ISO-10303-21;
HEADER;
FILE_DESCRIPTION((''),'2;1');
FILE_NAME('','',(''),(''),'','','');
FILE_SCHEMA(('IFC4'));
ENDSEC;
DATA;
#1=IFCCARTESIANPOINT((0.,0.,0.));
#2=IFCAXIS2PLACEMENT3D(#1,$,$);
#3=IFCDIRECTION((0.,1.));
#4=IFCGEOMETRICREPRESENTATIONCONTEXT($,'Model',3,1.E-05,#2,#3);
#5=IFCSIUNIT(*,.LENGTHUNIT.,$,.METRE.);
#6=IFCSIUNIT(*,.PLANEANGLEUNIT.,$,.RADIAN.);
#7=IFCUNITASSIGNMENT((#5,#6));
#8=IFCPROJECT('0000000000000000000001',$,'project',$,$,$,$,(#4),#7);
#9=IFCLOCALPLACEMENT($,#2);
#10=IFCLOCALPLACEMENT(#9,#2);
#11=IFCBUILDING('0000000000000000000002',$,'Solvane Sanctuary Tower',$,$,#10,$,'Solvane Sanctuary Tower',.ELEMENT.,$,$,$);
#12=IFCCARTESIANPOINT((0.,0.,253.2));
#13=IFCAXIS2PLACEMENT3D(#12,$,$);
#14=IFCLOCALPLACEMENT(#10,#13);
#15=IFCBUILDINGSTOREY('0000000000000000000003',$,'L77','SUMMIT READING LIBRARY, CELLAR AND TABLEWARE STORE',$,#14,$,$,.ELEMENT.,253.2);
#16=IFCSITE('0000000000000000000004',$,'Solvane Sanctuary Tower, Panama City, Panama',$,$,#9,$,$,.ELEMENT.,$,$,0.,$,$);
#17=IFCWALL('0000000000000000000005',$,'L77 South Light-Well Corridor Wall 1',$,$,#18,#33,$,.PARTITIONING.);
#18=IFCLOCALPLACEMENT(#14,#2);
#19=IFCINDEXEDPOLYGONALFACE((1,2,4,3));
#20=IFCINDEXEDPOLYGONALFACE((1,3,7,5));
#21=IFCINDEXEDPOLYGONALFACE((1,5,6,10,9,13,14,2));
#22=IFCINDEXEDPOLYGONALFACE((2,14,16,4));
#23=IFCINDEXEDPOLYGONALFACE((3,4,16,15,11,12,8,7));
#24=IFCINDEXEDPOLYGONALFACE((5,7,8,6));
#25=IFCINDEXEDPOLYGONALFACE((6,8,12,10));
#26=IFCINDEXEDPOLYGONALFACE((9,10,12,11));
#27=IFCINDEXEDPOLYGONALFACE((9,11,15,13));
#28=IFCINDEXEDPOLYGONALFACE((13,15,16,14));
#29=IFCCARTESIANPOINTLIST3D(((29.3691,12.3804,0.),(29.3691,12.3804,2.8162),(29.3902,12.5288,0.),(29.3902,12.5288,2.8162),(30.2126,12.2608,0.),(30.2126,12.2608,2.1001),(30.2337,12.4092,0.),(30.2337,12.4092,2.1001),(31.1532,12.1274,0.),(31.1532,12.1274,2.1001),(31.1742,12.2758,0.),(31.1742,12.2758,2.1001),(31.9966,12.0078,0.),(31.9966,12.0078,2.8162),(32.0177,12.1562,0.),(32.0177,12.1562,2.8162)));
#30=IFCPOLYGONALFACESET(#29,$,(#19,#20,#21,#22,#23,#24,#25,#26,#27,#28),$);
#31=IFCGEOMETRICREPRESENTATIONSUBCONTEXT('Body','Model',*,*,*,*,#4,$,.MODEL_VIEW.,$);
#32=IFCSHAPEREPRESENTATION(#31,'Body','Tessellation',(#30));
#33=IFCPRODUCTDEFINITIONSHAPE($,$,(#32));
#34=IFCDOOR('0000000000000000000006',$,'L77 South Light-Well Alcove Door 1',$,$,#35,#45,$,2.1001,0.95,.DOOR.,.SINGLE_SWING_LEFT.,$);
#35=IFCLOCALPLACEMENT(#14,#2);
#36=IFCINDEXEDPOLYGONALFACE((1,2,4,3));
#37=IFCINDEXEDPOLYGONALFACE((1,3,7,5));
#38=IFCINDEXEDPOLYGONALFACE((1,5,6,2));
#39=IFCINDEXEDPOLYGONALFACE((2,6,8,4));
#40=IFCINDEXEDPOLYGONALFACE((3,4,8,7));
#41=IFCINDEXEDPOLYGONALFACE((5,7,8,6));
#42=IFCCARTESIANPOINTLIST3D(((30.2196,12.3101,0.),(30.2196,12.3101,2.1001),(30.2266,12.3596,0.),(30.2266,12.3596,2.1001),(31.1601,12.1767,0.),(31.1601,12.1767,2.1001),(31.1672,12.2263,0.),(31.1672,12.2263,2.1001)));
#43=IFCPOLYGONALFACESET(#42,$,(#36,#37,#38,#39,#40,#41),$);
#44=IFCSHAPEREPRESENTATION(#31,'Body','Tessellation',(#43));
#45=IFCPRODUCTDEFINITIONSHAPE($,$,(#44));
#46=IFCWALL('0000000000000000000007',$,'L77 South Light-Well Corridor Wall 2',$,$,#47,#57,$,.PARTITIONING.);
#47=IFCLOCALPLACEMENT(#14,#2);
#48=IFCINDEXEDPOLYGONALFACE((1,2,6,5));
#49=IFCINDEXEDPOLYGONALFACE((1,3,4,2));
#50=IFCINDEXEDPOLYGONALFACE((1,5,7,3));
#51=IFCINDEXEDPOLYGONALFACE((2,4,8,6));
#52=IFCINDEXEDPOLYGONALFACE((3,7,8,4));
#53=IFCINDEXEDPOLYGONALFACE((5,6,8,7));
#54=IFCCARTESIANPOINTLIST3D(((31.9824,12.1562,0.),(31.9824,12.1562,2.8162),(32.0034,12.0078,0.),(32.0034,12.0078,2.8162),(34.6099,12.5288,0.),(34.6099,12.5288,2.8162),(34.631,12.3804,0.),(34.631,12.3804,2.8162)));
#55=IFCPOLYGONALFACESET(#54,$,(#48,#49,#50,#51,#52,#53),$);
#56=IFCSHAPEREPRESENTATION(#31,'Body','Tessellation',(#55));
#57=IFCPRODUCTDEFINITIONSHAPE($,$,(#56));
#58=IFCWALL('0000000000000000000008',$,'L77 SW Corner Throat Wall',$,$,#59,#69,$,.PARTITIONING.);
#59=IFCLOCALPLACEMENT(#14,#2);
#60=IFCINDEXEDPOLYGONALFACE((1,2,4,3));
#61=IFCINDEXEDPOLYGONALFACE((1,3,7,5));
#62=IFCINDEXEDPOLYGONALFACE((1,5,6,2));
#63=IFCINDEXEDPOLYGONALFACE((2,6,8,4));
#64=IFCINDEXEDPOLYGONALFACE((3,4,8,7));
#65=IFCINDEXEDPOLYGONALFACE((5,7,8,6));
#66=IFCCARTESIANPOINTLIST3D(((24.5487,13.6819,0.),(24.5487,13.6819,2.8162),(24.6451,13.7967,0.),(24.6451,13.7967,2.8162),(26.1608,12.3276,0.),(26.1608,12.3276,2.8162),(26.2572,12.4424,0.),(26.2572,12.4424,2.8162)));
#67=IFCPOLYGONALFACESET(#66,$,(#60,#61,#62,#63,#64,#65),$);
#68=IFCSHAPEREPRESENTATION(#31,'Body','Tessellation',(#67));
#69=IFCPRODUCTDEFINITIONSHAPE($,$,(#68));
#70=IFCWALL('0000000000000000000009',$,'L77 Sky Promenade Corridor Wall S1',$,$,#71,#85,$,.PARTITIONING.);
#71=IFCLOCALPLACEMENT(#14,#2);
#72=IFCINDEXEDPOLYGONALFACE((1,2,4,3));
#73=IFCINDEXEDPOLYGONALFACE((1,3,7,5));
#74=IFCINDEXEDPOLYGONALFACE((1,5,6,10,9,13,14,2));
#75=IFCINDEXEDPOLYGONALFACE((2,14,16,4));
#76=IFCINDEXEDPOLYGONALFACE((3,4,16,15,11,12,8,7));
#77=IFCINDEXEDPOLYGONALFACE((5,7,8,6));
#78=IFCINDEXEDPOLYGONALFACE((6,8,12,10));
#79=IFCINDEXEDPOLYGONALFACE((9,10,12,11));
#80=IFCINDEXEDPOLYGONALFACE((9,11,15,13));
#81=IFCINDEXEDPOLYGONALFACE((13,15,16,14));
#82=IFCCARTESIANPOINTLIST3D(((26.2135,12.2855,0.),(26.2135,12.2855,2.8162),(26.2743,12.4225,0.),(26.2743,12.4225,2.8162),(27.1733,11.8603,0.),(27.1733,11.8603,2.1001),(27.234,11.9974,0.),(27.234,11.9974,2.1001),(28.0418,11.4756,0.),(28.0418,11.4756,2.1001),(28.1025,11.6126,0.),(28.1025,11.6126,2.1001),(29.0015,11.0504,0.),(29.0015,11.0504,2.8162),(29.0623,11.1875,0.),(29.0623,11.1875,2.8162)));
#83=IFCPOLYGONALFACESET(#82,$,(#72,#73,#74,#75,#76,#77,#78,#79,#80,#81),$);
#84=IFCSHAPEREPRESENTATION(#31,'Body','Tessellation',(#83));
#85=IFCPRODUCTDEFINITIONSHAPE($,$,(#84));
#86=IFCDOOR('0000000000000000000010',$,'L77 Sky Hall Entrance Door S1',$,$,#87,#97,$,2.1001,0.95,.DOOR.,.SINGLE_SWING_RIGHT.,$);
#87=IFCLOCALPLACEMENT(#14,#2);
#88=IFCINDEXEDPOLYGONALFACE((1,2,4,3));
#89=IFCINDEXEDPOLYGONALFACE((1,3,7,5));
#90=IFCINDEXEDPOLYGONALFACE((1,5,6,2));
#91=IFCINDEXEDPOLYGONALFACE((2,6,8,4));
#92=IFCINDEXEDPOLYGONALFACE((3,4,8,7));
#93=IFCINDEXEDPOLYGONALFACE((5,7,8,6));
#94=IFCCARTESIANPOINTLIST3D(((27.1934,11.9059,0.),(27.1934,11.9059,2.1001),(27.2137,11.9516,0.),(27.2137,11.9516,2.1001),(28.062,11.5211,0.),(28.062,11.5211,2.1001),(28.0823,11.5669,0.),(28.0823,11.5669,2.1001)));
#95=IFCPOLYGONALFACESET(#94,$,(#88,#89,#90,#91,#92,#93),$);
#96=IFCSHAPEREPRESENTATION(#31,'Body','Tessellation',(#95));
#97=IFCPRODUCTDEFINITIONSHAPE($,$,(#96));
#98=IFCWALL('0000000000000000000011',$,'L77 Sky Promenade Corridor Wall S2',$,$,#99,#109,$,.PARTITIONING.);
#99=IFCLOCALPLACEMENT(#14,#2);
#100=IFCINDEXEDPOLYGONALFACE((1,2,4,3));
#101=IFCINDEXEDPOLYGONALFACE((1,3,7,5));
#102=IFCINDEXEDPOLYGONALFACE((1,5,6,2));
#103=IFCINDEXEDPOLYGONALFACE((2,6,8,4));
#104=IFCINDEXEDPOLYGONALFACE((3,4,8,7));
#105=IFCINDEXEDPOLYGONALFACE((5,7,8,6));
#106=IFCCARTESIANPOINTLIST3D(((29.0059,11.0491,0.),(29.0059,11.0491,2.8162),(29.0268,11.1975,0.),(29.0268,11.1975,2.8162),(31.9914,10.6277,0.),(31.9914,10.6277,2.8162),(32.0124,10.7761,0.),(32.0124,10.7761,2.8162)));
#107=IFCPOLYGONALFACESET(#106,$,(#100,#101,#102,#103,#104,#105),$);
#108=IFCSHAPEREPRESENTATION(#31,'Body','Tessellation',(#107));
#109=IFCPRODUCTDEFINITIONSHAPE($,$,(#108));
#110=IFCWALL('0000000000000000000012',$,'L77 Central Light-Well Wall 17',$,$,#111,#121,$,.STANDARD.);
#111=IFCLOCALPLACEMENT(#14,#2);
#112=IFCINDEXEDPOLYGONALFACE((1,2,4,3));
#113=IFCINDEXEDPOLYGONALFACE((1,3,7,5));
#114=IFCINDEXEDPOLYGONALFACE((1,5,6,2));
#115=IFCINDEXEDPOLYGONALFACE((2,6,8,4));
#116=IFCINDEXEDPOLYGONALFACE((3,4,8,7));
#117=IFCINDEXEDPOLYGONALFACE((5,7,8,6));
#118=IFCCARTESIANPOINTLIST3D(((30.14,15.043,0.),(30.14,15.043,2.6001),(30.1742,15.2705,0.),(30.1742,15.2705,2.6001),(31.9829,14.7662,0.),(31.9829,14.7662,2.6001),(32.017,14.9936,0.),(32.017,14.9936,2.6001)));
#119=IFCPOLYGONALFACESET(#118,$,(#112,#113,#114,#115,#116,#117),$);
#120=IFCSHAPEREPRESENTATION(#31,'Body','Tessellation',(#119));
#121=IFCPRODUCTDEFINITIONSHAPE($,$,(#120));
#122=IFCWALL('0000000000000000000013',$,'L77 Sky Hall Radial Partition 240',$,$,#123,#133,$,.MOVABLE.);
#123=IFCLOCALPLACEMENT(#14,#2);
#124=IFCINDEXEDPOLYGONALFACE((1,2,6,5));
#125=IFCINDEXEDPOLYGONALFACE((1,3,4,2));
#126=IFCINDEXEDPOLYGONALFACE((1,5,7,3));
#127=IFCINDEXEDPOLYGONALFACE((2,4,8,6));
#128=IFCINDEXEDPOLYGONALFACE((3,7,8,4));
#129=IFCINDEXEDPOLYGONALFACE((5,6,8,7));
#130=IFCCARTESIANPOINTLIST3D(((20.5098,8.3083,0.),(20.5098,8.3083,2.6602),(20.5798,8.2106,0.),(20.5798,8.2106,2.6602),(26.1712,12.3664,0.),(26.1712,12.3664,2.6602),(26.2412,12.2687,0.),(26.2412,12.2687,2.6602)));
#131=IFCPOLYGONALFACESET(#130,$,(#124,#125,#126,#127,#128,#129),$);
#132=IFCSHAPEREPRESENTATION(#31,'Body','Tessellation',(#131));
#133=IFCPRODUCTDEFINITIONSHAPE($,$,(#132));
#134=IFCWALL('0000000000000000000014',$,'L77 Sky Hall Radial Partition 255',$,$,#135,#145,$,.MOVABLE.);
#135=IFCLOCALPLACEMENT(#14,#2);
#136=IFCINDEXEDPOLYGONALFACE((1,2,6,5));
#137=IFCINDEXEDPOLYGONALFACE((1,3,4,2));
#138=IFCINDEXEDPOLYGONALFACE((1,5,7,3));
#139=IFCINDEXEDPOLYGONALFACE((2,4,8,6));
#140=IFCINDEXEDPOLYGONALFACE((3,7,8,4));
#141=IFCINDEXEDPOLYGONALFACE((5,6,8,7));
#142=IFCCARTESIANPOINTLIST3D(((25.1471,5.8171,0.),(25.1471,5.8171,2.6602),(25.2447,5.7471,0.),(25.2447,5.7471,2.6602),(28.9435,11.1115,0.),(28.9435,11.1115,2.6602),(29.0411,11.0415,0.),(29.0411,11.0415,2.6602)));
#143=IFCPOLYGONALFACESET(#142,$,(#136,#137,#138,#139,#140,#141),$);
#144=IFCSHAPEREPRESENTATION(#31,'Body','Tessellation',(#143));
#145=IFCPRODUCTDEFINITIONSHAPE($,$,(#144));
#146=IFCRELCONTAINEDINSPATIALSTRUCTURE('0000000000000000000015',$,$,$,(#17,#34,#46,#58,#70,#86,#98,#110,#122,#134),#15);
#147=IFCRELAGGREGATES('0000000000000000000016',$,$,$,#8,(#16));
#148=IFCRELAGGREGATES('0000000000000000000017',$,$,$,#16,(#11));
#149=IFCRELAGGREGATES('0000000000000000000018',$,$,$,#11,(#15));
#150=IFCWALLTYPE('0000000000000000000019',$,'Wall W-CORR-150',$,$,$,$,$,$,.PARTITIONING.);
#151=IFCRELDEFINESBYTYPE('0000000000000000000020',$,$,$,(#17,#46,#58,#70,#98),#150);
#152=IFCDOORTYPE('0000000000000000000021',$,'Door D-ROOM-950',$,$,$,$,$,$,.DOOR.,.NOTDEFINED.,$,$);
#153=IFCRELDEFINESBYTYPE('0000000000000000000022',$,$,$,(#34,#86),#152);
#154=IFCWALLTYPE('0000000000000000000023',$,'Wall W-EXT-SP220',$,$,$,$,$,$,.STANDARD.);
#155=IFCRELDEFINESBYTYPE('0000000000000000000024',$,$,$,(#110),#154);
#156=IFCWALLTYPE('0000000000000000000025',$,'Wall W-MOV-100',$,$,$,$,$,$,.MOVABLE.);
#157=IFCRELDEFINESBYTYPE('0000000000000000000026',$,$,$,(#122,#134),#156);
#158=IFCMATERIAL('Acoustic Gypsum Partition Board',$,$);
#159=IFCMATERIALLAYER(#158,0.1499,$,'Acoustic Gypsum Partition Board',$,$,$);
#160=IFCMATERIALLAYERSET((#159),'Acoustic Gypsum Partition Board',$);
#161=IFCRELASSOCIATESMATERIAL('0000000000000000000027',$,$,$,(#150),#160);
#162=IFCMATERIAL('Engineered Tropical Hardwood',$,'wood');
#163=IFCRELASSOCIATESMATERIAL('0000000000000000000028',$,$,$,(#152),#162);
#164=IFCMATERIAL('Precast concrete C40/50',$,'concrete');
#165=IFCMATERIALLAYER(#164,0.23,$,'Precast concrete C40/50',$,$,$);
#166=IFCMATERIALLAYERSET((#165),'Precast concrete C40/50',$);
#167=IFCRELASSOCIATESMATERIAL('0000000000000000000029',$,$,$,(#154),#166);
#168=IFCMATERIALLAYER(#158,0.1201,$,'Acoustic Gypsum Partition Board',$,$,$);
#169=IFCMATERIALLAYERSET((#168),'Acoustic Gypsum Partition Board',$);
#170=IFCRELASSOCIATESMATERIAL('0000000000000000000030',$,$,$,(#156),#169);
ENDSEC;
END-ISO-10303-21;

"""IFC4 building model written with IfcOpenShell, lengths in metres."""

from ifc_helpers import new_model, si_unit, direction, frame, frame_2d, origin, place, context, subcontext, project, spatial, rectangle, extrude, material, layer, layer_set, type_object, element, fill, save


model = new_model("IFC4")

# Units and contexts
model_context = context("Model", 3, precision=1e-05, world=origin(), true_north=direction((0.0, 1.0)))
body_context = subcontext(model_context, "Body", "Model", "MODEL_VIEW")
ifc_project = project(units=[si_unit("LENGTHUNIT", "METRE"), si_unit("PLANEANGLEUNIT", "RADIAN")], contexts=[model_context])

# Site, building, storey
site_placement = place(None, origin())
site = spatial("IfcSite", under=ifc_project, at=site_placement, Name="Solvane Sanctuary Tower, Panama City, Panama", CompositionType="ELEMENT", RefElevation=0.0)
building_placement = place(site_placement, origin())
building = spatial("IfcBuilding", under=site, at=building_placement, Name="Solvane Sanctuary Tower", LongName="Solvane Sanctuary Tower", CompositionType="ELEMENT")
storey_placement = place(building_placement, frame((0.0, 0.0, 253.2)))
storey = spatial("IfcBuildingStorey", under=building, at=storey_placement, Name="L77", Description="SUMMIT READING LIBRARY, CELLAR AND TABLEWARE STORE", CompositionType="ELEMENT", Elevation=253.2)

# Shared definitions
ifc_material_1 = material(Name="Acoustic Gypsum Partition Board")
ifc_layer_1 = layer(ifc_material_1, 0.1499, Name="Acoustic Gypsum Partition Board")
ifc_layer_set_1 = layer_set([ifc_layer_1], Name="Acoustic Gypsum Partition Board")
wall_type_1 = type_object("IfcWallType", Name="Wall W-CORR-150", PredefinedType="PARTITIONING", material=ifc_layer_set_1)

# Wall, opening, door
wall_1_placement = place(storey_placement, frame((29.3796, 12.4546, 0.0), z_axis=(0.0, 0.0, 1.0), x_axis=(0.990096, -0.140391, 0.0)))
wall_1 = element("IfcWall", 1, at=wall_1_placement, inside=storey, type_object=wall_type_1, Name="L77 South Light-Well Corridor Wall 1", PredefinedType="PARTITIONING", context=body_context, shape_type="SweptSolid", body=[
    extrude(rectangle(XDim=2.6538, YDim=0.1499, at=frame_2d((1.3269, 0.0))), origin(), (0.0, 0.0, 1.0), 2.8162),
])
opening_1_placement = place(wall_1_placement, frame((0.8518, 0.0, 0.0)))
opening_1 = element("IfcOpeningElement", 2, at=opening_1_placement, cuts=wall_1, PredefinedType="OPENING", context=body_context, shape_type="SweptSolid", body=[
    extrude(rectangle(XDim=0.95, YDim=2.1001, at=frame_2d((0.4751, 1.05))), frame((0.0, 0.085, 0.0), z_axis=(0.0, -1.0, 0.0), x_axis=(1.0, 0.0, 0.0)), (0.0, 0.0, 1.0), 0.1699),
])
ifc_material_2 = material(Name="Engineered Tropical Hardwood", Category="wood")
door_type = type_object("IfcDoorType", Name="Door D-ROOM-950", OperationType="NOTDEFINED", PredefinedType="DOOR", material=ifc_material_2)
door_1_placement = place(opening_1_placement, origin())
door_1 = element("IfcDoor", 3, at=door_1_placement, inside=storey, type_object=door_type, Name="L77 South Light-Well Alcove Door 1", OperationType="SINGLE_SWING_LEFT", OverallHeight=2.1001, OverallWidth=0.95, PredefinedType="DOOR", context=body_context, shape_type="SweptSolid", body=[
    extrude(rectangle(XDim=0.95, YDim=2.1001, at=frame_2d((0.4751, 1.05))), frame((0.0, 0.0249, 0.0), z_axis=(0.0, -1.0, 0.0), x_axis=(1.0, 0.0, 0.0)), (0.0, 0.0, 1.0), 0.05),
])
fill(opening_1, door_1)

# Walls
wall_2_placement = place(storey_placement, frame((31.9929, 12.082, 0.0), z_axis=(0.0, 0.0, 1.0), x_axis=(0.990096, 0.140391, 0.0)))
element("IfcWall", 4, at=wall_2_placement, inside=storey, type_object=wall_type_1, Name="L77 South Light-Well Corridor Wall 2", PredefinedType="PARTITIONING", context=body_context, shape_type="SweptSolid", body=[
    extrude(rectangle(XDim=2.6538, YDim=0.1499, at=frame_2d((1.3269, 0.0))), origin(), (0.0, 0.0, 1.0), 2.8162),
])
wall_3_placement = place(storey_placement, frame((26.209, 12.385, 0.0), z_axis=(0.0, 0.0, 1.0), x_axis=(-0.765677, 0.643225, 0.0)))
element("IfcWall", 5, at=wall_3_placement, inside=storey, type_object=wall_type_1, Name="L77 SW Corner Throat Wall", PredefinedType="PARTITIONING", context=body_context, shape_type="SweptSolid", body=[
    extrude(rectangle(XDim=2.1055, YDim=0.1499, at=frame_2d((1.0527, 0.0))), origin(), (0.0, 0.0, 1.0), 2.8162),
])

# Wall, opening, door
wall_4_placement = place(storey_placement, frame((26.2439, 12.354, 0.0), z_axis=(0.0, 0.0, 1.0), x_axis=(0.914303, -0.405031, 0.0)))
wall_4 = element("IfcWall", 6, at=wall_4_placement, inside=storey, type_object=wall_type_1, Name="L77 Sky Promenade Corridor Wall S1", PredefinedType="PARTITIONING", context=body_context, shape_type="SweptSolid", body=[
    extrude(rectangle(XDim=3.0493, YDim=0.1499, at=frame_2d((1.5247, 0.0))), origin(), (0.0, 0.0, 1.0), 2.8162),
])
opening_2_placement = place(wall_4_placement, frame((1.0496, 0.0, 0.0)))
opening_2 = element("IfcOpeningElement", 7, at=opening_2_placement, cuts=wall_4, PredefinedType="OPENING", context=body_context, shape_type="SweptSolid", body=[
    extrude(rectangle(XDim=0.95, YDim=2.1001, at=frame_2d((0.4751, 1.05))), frame((0.0, 0.085, 0.0), z_axis=(0.0, -1.0, 0.0), x_axis=(1.0, 0.0, 0.0)), (0.0, 0.0, 1.0), 0.1699),
])
door_2_placement = place(opening_2_placement, origin())
door_2 = element("IfcDoor", 8, at=door_2_placement, inside=storey, type_object=door_type, Name="L77 Sky Hall Entrance Door S1", OperationType="SINGLE_SWING_RIGHT", OverallHeight=2.1001, OverallWidth=0.95, PredefinedType="DOOR", context=body_context, shape_type="SweptSolid", body=[
    extrude(rectangle(XDim=0.95, YDim=2.1001, at=frame_2d((0.4751, 1.05))), frame((0.0, 0.0249, 0.0), z_axis=(0.0, -1.0, 0.0), x_axis=(1.0, 0.0, 0.0)), (0.0, 0.0, 1.0), 0.05),
])
fill(opening_2, door_2)

# Walls
wall_5_placement = place(storey_placement, frame((29.0164, 11.1233, 0.0), z_axis=(0.0, 0.0, 1.0), x_axis=(0.990186, -0.139755, 0.0)))
element("IfcWall", 9, at=wall_5_placement, inside=storey, type_object=wall_type_1, Name="L77 Sky Promenade Corridor Wall S2", PredefinedType="PARTITIONING", context=body_context, shape_type="SweptSolid", body=[
    extrude(rectangle(XDim=3.0151, YDim=0.1499, at=frame_2d((1.5076, 0.0))), origin(), (0.0, 0.0, 1.0), 2.8162),
])
ifc_material_3 = material(Name="Precast concrete C40/50", Category="concrete")
ifc_layer_2 = layer(ifc_material_3, 0.23, Name="Precast concrete C40/50")
ifc_layer_set_2 = layer_set([ifc_layer_2], Name="Precast concrete C40/50")
wall_type_2 = type_object("IfcWallType", Name="Wall W-EXT-SP220", PredefinedType="STANDARD", material=ifc_layer_set_2)
wall_6_placement = place(storey_placement, frame((30.1572, 15.1567, 0.0), z_axis=(0.0, 0.0, 1.0), x_axis=(0.988902, -0.148571, 0.0)))
element("IfcWall", 10, at=wall_6_placement, inside=storey, type_object=wall_type_2, Name="L77 Central Light-Well Wall 17", PredefinedType="STANDARD", context=body_context, shape_type="SweptSolid", body=[
    extrude(rectangle(XDim=1.8635, YDim=0.23, at=frame_2d((0.9316, 0.0))), origin(), (0.0, 0.0, 1.0), 2.6001),
])
ifc_layer_3 = layer(ifc_material_1, 0.1201, Name="Acoustic Gypsum Partition Board")
ifc_layer_set_3 = layer_set([ifc_layer_3], Name="Acoustic Gypsum Partition Board")
wall_type_3 = type_object("IfcWallType", Name="Wall W-MOV-100", PredefinedType="MOVABLE", material=ifc_layer_set_3)
wall_7_placement = place(storey_placement, frame((26.2063, 12.3176, 0.0), z_axis=(0.0, 0.0, 1.0), x_axis=(-0.812764, -0.582593, 0.0)))
element("IfcWall", 11, at=wall_7_placement, inside=storey, type_object=wall_type_3, Name="L77 Sky Hall Radial Partition 240", PredefinedType="MOVABLE", context=body_context, shape_type="SweptSolid", body=[
    extrude(rectangle(XDim=6.9656, YDim=0.1201, at=frame_2d((3.4829, 0.0))), origin(), (0.0, 0.0, 1.0), 2.6602),
])
wall_8_placement = place(storey_placement, frame((28.9922, 11.0764, 0.0), z_axis=(0.0, 0.0, 1.0), x_axis=(-0.582726, -0.812669, 0.0)))
element("IfcWall", 12, at=wall_8_placement, inside=storey, type_object=wall_type_3, Name="L77 Sky Hall Radial Partition 255", PredefinedType="MOVABLE", context=body_context, shape_type="SweptSolid", body=[
    extrude(rectangle(XDim=6.5149, YDim=0.1201, at=frame_2d((3.2573, 0.0))), origin(), (0.0, 0.0, 1.0), 2.6602),
])

save(model, "model.ifc")
